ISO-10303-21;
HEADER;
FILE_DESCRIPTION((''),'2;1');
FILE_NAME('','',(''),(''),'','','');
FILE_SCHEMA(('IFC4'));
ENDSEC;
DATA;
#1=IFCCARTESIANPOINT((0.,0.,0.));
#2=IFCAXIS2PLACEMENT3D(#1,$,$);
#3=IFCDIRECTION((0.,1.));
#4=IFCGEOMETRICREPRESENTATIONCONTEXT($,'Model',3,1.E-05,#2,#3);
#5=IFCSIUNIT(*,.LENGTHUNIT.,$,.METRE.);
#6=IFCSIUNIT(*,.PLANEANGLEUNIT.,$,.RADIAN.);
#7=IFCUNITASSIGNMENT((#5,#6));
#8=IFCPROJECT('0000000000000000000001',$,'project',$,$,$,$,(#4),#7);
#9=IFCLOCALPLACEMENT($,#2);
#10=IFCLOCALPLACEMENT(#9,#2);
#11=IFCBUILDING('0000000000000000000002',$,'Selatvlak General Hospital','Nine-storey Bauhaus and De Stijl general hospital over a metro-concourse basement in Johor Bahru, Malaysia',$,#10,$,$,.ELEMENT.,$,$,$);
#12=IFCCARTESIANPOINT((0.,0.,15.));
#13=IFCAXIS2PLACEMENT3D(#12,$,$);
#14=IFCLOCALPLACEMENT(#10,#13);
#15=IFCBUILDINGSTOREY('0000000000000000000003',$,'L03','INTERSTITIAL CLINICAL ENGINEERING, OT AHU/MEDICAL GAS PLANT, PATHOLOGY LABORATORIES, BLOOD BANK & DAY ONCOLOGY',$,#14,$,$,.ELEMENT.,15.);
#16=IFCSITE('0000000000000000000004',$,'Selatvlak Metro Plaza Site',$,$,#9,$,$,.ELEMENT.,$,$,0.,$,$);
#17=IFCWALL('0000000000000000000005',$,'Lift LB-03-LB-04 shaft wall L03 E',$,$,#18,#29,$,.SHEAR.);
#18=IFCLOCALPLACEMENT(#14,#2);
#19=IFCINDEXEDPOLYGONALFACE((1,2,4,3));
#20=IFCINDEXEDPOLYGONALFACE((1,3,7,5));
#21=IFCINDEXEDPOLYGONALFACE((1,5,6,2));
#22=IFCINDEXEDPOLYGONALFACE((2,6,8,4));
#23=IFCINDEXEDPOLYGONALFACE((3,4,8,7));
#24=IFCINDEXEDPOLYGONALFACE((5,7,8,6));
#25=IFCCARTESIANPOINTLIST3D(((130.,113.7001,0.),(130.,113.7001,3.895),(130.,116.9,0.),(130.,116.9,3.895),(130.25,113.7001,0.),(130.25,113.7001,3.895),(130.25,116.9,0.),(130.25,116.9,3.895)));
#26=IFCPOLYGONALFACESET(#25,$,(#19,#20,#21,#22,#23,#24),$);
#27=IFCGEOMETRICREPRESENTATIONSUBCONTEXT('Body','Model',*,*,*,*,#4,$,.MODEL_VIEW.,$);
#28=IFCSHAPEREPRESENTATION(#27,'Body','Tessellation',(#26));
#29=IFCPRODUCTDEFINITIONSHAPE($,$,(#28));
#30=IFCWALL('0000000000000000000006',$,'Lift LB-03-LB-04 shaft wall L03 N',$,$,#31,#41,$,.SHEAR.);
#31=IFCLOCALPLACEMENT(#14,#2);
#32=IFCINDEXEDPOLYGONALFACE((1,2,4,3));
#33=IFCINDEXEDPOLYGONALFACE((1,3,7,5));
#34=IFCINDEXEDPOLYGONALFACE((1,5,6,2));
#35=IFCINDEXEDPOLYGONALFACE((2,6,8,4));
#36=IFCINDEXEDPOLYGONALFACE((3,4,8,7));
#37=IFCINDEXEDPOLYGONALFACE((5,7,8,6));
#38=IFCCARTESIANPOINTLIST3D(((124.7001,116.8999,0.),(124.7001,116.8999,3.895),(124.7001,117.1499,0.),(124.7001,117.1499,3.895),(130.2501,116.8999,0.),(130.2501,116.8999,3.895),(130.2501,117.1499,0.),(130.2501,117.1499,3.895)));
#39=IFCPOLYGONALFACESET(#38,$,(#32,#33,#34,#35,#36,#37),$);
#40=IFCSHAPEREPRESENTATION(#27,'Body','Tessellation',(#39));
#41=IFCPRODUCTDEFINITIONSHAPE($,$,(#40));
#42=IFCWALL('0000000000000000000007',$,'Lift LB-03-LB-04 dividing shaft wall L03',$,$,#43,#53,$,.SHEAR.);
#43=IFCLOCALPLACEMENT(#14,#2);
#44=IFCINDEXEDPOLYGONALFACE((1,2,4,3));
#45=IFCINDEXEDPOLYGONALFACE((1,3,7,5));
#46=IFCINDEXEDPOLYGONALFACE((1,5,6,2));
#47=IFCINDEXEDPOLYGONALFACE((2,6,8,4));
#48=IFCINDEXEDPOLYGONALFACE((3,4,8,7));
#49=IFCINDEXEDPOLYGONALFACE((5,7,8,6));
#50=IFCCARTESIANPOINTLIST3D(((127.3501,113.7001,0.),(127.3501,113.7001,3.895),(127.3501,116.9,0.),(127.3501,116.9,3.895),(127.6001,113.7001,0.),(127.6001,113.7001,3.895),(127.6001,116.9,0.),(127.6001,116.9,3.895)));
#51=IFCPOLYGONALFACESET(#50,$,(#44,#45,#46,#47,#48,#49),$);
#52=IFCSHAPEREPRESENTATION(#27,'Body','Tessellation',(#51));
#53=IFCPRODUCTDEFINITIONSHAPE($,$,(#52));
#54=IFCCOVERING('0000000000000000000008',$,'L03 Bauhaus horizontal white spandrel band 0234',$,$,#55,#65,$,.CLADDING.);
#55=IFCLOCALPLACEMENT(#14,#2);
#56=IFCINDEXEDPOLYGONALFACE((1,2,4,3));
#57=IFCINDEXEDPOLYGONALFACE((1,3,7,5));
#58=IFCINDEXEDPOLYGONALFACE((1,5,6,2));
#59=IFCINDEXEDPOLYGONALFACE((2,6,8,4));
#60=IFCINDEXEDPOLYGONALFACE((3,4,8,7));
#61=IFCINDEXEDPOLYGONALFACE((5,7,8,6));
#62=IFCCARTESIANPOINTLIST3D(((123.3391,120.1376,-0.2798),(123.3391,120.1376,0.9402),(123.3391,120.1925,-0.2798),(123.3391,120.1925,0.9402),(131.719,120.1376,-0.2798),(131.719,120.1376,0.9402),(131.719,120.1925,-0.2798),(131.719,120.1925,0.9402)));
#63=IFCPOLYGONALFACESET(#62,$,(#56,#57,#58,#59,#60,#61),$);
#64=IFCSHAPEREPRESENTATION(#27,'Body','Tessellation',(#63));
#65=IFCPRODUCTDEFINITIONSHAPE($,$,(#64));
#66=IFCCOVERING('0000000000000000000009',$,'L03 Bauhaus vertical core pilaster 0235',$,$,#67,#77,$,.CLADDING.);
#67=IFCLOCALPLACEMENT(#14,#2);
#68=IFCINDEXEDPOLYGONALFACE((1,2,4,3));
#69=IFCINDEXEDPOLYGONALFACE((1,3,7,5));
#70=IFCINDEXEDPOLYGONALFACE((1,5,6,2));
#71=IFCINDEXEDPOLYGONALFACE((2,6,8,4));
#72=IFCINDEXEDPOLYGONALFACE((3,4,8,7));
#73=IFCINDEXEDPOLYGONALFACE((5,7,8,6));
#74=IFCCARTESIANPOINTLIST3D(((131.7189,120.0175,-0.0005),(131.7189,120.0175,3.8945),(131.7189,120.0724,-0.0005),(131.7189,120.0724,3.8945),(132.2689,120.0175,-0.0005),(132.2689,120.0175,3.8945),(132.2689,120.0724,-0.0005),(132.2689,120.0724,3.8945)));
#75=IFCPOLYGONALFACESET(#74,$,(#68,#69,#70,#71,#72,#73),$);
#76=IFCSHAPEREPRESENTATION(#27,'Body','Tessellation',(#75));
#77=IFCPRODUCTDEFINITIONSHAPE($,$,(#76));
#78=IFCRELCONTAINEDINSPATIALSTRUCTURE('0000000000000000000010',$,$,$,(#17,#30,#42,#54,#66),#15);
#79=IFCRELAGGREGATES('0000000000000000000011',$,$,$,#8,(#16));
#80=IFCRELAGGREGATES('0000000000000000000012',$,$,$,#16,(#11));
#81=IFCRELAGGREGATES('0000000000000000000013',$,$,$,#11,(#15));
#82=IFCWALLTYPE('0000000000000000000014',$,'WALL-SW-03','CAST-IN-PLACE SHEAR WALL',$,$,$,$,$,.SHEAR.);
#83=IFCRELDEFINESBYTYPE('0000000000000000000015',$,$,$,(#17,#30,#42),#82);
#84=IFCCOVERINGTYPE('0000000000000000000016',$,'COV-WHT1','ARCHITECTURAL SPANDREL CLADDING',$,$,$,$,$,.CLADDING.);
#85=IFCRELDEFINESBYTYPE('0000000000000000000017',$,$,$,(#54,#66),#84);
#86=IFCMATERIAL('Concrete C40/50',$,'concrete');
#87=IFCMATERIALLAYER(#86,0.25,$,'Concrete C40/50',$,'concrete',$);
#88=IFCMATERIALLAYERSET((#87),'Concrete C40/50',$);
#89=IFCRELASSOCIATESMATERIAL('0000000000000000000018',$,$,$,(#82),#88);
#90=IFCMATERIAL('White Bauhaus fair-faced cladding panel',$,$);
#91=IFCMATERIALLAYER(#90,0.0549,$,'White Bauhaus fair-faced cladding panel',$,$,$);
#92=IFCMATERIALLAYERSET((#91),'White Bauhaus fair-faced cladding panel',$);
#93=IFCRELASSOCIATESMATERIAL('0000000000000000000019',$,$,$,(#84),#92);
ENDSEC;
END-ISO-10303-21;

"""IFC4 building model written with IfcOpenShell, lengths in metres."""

from ifc_helpers import new_model, si_unit, direction, frame, frame_2d, origin, origin_2d, place, context, subcontext, project, spatial, rectangle, extrude, material, layer, layer_set, type_object, element, save


model = new_model("IFC4")

# Units and contexts
model_context = context("Model", 3, precision=1e-05, world=origin(), true_north=direction((0.0, 1.0)))
body_context = subcontext(model_context, "Body", "Model", "MODEL_VIEW")
ifc_project = project(units=[si_unit("LENGTHUNIT", "METRE"), si_unit("PLANEANGLEUNIT", "RADIAN")], contexts=[model_context])

# Site, building, storey
site_placement = place(None, origin())
site = spatial("IfcSite", under=ifc_project, at=site_placement, Name="Selatvlak Metro Plaza Site", CompositionType="ELEMENT", RefElevation=0.0)
building_placement = place(site_placement, origin())
building = spatial("IfcBuilding", under=site, at=building_placement, Name="Selatvlak General Hospital", Description="Nine-storey Bauhaus and De Stijl general hospital over a metro-concourse basement in Johor Bahru, Malaysia", CompositionType="ELEMENT")
storey_placement = place(building_placement, frame((0.0, 0.0, 15.0)))
storey = spatial("IfcBuildingStorey", under=building, at=storey_placement, Name="L03", Description="INTERSTITIAL CLINICAL ENGINEERING, OT AHU/MEDICAL GAS PLANT, PATHOLOGY LABORATORIES, BLOOD BANK & DAY ONCOLOGY", CompositionType="ELEMENT", Elevation=15.0)

# Shared definitions
ifc_material_1 = material(Name="Concrete C40/50", Category="concrete")

# Walls
ifc_layer_1 = layer(ifc_material_1, 0.25, Name="Concrete C40/50", Category="concrete")
ifc_layer_set_1 = layer_set([ifc_layer_1], Name="Concrete C40/50")
wall_type_1 = type_object("IfcWallType", Name="WALL-SW-03", Description="CAST-IN-PLACE SHEAR WALL", PredefinedType="SHEAR", material=ifc_layer_set_1)
wall_1_placement = place(storey_placement, frame((130.125, 113.7, 0.0), z_axis=(0.0, 0.0, 1.0), x_axis=(0.0, 1.0, 0.0)))
element("IfcWall", 1, at=wall_1_placement, inside=storey, type_object=wall_type_1, Name="Lift LB-03-LB-04 shaft wall L03 E", PredefinedType="SHEAR", context=body_context, shape_type="SweptSolid", body=[
    extrude(rectangle(XDim=3.2, YDim=0.25, at=frame_2d((1.6001, 0.0))), origin(), (0.0, 0.0, 1.0), 3.895),
])
wall_2_placement = place(storey_placement, frame((130.25, 117.0249, 0.0), z_axis=(0.0, 0.0, 1.0), x_axis=(-1.0, 0.0, 0.0)))
element("IfcWall", 2, at=wall_2_placement, inside=storey, type_object=wall_type_1, Name="Lift LB-03-LB-04 shaft wall L03 N", PredefinedType="SHEAR", context=body_context, shape_type="SweptSolid", body=[
    extrude(rectangle(XDim=5.55, YDim=0.25, at=frame_2d((2.7749, 0.0))), origin(), (0.0, 0.0, 1.0), 3.895),
])
wall_3_placement = place(storey_placement, frame((127.4751, 113.7, 0.0), z_axis=(0.0, 0.0, 1.0), x_axis=(0.0, 1.0, 0.0)))
element("IfcWall", 3, at=wall_3_placement, inside=storey, type_object=wall_type_1, Name="Lift LB-03-LB-04 dividing shaft wall L03", PredefinedType="SHEAR", context=body_context, shape_type="SweptSolid", body=[
    extrude(rectangle(XDim=3.2, YDim=0.25, at=frame_2d((1.6001, 0.0))), origin(), (0.0, 0.0, 1.0), 3.895),
])

# Coverings
ifc_material_2 = material(Name="White Bauhaus fair-faced cladding panel")
ifc_layer_2 = layer(ifc_material_2, 0.0549, Name="White Bauhaus fair-faced cladding panel")
ifc_layer_set_2 = layer_set([ifc_layer_2], Name="White Bauhaus fair-faced cladding panel")
covering_type = type_object("IfcCoveringType", Name="COV-WHT1", Description="ARCHITECTURAL SPANDREL CLADDING", PredefinedType="CLADDING", material=ifc_layer_set_2)
covering_1_placement = place(storey_placement, frame((127.5291, 120.165, -0.2798), z_axis=(0.0, 0.0, 1.0), x_axis=(1.0, 0.0, 0.0)))
element("IfcCovering", 4, at=covering_1_placement, inside=storey, type_object=covering_type, Name="L03 Bauhaus horizontal white spandrel band 0234", PredefinedType="CLADDING", context=body_context, shape_type="SweptSolid", body=[
    extrude(rectangle(XDim=8.3799, YDim=0.0549, at=origin_2d()), origin(), (0.0, 0.0, 1.0), 1.22),
])
covering_2_placement = place(storey_placement, frame((131.9939, 120.0449, -0.0005), z_axis=(0.0, 0.0, 1.0), x_axis=(1.0, 0.0, 0.0)))
element("IfcCovering", 5, at=covering_2_placement, inside=storey, type_object=covering_type, Name="L03 Bauhaus vertical core pilaster 0235", PredefinedType="CLADDING", context=body_context, shape_type="SweptSolid", body=[
    extrude(rectangle(XDim=0.55, YDim=0.0549, at=origin_2d()), origin(), (0.0, 0.0, 1.0), 3.895),
])

save(model, "model.ifc")
